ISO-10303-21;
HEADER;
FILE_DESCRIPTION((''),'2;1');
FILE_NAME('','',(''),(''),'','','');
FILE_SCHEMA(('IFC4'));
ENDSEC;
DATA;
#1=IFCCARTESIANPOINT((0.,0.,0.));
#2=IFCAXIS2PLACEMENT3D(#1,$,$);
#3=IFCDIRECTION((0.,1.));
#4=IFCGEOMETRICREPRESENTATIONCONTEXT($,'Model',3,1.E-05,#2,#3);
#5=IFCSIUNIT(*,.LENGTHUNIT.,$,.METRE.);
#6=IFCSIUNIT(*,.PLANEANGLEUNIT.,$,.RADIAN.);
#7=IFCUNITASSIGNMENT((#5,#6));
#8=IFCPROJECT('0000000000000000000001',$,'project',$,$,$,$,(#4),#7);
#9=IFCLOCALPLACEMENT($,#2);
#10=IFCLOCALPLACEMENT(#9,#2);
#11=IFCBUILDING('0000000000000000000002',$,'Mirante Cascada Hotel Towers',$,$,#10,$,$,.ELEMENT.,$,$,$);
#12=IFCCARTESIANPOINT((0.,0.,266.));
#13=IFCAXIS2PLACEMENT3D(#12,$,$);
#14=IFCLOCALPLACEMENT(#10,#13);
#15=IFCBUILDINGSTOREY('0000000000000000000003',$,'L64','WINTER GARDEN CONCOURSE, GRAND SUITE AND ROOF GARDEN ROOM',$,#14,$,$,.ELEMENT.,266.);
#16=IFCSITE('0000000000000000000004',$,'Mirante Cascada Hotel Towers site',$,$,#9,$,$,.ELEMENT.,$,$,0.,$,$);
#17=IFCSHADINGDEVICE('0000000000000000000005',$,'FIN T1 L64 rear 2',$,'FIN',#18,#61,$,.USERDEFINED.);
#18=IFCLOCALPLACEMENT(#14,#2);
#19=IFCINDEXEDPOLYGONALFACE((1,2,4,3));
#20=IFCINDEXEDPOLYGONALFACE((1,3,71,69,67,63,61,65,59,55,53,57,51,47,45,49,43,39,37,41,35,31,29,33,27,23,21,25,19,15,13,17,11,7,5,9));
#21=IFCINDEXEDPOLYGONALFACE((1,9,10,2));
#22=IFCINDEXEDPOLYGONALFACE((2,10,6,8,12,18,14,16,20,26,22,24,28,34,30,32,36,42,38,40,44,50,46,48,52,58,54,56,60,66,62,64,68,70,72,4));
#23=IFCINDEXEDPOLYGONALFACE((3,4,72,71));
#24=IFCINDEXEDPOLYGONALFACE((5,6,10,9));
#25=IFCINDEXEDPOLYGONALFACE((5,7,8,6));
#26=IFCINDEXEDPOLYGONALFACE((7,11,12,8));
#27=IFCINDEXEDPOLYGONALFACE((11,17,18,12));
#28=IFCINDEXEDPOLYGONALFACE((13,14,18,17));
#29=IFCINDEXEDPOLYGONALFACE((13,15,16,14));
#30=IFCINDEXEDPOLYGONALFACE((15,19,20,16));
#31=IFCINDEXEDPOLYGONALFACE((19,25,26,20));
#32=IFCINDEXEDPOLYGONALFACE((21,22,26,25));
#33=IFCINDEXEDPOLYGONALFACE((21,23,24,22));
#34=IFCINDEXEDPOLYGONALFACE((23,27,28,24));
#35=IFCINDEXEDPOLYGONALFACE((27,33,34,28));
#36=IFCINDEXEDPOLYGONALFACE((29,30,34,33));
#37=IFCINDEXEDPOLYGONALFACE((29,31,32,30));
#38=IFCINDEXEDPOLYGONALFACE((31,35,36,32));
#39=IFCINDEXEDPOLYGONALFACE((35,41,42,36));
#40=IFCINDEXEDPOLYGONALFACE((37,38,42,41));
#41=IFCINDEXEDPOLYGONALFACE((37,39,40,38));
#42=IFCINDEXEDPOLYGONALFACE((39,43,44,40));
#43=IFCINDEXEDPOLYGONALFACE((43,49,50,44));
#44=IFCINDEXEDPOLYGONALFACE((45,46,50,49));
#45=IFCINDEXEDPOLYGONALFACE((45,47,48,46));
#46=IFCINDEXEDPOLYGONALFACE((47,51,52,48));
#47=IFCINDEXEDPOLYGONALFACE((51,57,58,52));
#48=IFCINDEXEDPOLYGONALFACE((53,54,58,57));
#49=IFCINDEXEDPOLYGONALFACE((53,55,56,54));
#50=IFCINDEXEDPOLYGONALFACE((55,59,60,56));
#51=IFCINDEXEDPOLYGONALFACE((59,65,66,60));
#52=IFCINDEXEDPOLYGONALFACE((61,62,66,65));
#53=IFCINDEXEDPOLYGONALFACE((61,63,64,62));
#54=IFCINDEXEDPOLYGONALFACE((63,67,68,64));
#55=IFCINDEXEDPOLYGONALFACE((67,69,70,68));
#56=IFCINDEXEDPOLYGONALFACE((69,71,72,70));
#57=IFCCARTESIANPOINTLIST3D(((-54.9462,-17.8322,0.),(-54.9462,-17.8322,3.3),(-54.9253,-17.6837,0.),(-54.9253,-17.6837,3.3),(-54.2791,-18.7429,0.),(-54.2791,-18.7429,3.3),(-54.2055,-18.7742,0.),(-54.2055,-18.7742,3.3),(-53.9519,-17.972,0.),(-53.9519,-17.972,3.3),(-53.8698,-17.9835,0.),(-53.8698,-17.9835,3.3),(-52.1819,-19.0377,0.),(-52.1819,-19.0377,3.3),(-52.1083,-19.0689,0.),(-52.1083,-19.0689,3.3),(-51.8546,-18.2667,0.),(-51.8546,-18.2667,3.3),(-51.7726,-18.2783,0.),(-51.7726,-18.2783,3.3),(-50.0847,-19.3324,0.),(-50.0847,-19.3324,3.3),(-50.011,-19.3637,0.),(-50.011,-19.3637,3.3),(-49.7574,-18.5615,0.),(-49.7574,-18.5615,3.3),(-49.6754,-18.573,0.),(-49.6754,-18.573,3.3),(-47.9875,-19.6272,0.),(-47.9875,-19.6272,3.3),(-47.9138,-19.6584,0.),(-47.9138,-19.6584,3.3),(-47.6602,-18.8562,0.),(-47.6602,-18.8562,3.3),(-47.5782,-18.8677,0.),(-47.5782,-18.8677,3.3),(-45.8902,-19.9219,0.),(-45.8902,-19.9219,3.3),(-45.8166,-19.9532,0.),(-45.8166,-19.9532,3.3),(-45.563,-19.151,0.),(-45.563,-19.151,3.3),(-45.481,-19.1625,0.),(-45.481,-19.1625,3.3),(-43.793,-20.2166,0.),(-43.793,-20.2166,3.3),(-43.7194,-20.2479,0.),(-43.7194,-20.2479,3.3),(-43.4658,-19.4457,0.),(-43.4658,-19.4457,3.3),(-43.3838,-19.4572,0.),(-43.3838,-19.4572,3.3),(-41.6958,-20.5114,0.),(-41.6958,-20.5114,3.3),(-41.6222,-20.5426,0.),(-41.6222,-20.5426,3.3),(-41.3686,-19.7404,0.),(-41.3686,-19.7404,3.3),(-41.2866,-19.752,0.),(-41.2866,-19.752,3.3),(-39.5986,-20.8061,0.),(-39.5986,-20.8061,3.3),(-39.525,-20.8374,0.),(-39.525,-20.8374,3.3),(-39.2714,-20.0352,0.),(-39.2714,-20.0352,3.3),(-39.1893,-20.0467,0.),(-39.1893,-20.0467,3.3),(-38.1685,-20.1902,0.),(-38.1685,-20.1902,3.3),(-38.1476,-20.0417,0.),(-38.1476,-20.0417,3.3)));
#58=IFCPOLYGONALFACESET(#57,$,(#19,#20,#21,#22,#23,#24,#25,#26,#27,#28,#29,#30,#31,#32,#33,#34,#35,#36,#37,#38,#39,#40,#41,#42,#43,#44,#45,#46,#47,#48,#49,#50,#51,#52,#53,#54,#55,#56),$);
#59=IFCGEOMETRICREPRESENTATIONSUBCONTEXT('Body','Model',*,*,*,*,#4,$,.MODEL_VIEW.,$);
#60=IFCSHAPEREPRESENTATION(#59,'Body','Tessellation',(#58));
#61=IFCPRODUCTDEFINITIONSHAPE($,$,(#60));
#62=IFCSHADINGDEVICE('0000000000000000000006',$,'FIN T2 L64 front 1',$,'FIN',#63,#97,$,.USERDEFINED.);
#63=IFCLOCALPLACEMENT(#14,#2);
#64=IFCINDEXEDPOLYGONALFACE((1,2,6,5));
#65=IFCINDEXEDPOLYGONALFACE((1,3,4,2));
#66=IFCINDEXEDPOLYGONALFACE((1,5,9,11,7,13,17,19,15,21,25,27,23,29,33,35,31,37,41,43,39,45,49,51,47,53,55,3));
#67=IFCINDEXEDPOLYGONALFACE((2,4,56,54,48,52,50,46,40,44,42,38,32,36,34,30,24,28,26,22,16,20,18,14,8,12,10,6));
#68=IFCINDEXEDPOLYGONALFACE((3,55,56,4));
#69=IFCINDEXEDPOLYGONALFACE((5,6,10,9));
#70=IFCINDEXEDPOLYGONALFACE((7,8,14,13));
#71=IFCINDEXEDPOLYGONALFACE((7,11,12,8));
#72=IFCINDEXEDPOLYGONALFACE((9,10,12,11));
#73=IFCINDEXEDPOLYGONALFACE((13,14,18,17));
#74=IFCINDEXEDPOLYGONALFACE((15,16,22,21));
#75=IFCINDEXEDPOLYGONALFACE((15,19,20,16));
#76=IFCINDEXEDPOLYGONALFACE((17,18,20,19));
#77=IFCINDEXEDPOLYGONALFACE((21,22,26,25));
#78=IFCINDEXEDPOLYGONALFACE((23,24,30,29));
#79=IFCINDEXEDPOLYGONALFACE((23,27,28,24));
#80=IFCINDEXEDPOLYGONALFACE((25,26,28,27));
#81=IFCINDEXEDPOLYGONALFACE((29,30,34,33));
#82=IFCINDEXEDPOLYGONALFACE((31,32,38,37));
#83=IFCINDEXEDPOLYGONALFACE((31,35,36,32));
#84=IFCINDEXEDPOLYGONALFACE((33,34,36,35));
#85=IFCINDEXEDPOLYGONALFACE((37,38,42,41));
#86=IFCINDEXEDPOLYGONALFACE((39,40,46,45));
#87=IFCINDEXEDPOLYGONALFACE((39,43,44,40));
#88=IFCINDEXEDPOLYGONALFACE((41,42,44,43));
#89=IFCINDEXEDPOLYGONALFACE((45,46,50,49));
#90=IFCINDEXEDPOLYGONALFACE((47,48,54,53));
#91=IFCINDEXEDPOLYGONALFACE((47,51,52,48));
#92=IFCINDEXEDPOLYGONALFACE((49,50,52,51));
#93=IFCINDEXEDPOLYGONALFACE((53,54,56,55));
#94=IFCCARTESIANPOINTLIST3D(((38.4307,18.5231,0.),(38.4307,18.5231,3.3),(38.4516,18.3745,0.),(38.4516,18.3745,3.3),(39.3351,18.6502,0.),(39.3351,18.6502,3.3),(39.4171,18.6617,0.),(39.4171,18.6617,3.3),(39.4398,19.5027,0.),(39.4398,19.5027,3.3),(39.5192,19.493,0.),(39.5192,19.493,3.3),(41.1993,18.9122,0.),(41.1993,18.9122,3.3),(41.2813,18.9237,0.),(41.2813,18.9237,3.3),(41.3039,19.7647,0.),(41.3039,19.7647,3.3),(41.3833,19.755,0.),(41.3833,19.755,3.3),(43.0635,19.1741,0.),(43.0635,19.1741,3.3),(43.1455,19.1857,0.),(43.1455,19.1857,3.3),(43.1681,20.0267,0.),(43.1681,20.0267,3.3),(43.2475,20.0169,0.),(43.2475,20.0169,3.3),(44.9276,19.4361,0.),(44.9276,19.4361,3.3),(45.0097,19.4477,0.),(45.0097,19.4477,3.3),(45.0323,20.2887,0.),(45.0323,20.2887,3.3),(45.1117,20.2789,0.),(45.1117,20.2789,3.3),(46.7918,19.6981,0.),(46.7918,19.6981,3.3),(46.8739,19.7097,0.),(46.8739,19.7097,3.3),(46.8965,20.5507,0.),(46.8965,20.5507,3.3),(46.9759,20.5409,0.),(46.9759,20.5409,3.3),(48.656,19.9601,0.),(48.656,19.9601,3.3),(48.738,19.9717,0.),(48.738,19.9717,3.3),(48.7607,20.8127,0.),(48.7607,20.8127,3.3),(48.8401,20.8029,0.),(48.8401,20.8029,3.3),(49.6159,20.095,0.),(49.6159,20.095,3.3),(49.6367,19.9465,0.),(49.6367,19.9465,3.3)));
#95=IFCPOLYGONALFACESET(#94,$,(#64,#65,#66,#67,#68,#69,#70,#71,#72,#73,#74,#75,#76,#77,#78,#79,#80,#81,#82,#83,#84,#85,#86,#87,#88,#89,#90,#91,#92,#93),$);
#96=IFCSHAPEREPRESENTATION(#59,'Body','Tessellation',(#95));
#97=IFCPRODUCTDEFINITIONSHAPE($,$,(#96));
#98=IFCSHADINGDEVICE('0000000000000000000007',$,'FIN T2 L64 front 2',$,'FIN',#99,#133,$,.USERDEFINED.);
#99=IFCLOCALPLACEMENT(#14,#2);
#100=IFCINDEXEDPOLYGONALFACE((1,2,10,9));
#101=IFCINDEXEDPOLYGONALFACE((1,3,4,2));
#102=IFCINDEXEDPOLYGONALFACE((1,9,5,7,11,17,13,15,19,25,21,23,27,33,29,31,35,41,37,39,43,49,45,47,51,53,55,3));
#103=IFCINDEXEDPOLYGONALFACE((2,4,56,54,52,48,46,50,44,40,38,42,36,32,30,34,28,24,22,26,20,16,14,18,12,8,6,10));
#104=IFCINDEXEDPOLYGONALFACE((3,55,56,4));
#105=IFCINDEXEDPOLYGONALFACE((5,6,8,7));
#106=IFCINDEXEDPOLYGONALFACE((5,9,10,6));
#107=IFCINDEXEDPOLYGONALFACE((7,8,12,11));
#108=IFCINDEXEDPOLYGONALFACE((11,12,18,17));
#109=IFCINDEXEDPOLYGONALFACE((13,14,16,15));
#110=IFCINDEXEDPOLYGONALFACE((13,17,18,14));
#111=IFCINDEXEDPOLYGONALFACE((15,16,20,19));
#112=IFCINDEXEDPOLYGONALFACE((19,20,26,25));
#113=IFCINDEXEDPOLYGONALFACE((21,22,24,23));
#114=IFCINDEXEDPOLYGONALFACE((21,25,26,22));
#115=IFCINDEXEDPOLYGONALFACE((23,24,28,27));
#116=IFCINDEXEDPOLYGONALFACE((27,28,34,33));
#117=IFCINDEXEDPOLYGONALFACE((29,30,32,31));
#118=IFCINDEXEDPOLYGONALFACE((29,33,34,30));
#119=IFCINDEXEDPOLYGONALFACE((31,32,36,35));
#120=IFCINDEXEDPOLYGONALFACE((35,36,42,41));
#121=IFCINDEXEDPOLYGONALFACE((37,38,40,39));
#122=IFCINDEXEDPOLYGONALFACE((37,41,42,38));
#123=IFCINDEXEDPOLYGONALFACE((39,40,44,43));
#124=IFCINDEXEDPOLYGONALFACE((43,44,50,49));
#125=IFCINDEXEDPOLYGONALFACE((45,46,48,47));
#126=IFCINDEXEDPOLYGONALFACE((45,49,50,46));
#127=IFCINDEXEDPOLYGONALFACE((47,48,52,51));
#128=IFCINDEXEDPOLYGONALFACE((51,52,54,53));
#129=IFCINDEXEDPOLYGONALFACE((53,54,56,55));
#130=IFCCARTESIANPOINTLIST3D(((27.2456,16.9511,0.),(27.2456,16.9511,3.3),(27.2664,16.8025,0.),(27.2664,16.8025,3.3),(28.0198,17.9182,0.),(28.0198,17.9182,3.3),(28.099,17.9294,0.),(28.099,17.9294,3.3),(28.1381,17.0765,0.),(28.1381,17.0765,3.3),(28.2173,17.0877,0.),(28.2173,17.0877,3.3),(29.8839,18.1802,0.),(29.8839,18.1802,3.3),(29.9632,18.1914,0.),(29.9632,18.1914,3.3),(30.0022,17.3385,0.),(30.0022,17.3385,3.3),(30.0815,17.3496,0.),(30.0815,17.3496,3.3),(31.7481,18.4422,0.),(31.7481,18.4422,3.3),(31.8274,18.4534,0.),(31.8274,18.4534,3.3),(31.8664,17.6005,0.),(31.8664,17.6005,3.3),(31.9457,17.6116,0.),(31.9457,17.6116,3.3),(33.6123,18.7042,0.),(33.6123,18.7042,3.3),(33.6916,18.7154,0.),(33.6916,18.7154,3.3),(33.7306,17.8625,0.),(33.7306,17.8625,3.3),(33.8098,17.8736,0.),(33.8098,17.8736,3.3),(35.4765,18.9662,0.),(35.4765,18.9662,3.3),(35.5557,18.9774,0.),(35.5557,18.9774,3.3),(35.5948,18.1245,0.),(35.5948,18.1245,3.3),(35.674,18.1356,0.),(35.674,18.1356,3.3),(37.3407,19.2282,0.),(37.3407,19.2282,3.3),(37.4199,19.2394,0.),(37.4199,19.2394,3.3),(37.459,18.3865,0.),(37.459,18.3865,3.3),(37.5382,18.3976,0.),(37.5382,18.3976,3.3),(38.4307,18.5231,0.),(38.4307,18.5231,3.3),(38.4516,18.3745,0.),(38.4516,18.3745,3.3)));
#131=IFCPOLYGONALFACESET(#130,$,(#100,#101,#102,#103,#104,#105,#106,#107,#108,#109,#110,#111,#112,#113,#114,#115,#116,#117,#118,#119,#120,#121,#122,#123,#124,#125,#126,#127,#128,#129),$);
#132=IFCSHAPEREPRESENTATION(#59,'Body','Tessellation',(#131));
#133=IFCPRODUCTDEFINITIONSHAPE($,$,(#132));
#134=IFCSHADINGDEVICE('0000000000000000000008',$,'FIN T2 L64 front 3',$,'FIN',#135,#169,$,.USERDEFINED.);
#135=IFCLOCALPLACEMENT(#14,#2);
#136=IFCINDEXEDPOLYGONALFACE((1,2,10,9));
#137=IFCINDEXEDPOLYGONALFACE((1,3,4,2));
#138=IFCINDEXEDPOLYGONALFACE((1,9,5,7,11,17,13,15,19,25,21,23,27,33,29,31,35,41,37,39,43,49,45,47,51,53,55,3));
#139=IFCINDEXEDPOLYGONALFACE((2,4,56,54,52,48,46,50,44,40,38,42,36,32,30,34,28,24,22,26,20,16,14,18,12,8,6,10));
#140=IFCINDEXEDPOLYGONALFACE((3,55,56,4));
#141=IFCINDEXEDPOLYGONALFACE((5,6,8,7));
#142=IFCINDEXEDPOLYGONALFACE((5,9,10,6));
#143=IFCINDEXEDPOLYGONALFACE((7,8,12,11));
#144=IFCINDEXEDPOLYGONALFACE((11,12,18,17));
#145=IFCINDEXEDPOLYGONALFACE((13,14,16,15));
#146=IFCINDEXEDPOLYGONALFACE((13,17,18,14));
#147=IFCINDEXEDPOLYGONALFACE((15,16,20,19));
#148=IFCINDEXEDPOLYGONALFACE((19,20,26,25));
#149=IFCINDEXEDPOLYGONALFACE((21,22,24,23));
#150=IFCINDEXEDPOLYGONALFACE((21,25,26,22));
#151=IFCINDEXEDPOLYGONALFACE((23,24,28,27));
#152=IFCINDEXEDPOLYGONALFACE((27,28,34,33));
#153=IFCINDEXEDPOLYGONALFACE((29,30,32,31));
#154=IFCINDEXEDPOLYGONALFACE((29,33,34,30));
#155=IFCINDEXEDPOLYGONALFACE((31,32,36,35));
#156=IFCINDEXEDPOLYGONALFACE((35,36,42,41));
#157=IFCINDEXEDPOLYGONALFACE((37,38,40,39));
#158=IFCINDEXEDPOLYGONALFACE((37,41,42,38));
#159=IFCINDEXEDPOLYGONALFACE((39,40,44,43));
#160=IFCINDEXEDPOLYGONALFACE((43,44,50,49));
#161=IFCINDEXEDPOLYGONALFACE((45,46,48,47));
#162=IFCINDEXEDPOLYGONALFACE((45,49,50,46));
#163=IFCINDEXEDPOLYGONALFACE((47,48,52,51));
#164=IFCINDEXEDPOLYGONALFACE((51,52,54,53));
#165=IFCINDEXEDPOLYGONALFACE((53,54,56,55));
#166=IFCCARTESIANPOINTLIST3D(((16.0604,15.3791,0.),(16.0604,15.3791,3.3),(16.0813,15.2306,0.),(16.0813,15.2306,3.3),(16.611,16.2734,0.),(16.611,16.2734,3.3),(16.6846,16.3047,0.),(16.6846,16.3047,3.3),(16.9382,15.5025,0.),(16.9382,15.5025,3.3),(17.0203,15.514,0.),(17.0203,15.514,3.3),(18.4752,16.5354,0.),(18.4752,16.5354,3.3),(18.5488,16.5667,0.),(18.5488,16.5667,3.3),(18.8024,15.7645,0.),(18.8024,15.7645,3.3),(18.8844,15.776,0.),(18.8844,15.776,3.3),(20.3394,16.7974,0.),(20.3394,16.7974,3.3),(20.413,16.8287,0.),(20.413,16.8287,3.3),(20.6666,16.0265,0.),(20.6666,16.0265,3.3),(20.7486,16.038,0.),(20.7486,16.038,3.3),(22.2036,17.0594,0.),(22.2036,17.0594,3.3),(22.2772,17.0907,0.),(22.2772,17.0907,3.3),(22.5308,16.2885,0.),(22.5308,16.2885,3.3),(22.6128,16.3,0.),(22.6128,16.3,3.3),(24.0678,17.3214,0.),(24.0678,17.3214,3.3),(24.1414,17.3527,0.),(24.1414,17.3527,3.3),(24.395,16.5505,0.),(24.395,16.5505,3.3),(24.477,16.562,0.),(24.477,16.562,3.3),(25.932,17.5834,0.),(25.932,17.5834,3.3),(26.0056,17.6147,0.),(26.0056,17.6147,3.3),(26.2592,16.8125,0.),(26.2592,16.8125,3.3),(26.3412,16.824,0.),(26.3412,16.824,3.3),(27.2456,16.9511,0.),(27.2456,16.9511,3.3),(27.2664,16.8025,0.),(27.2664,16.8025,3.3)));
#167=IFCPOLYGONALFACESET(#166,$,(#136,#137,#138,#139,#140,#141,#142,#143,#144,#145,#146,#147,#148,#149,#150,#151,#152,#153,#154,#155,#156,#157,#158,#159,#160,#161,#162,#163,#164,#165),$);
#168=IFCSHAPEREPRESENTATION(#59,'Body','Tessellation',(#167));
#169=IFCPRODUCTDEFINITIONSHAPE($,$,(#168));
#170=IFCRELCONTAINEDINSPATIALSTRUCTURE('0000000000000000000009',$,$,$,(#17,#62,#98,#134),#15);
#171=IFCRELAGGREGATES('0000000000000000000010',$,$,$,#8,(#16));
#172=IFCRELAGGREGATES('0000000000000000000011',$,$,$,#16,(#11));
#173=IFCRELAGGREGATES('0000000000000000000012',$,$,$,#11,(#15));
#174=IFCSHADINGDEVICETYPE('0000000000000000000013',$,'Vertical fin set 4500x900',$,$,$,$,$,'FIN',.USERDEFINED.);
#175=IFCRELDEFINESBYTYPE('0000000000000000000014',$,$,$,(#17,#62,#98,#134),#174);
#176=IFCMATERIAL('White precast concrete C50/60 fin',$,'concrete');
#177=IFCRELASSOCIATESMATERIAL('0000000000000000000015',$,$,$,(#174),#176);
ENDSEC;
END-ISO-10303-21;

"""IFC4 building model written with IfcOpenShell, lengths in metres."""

from ifc_helpers import new_model, si_unit, direction, frame, origin, place, context, subcontext, project, spatial, polyline, outline, extrude, material, type_object, element, save


model = new_model("IFC4")

# Units and contexts
model_context = context("Model", 3, precision=1e-05, world=origin(), true_north=direction((0.0, 1.0)))
body_context = subcontext(model_context, "Body", "Model", "MODEL_VIEW")
ifc_project = project(units=[si_unit("LENGTHUNIT", "METRE"), si_unit("PLANEANGLEUNIT", "RADIAN")], contexts=[model_context])

# Site, building, storey
site_placement = place(None, origin())
site = spatial("IfcSite", under=ifc_project, at=site_placement, Name="Mirante Cascada Hotel Towers site", CompositionType="ELEMENT", RefElevation=0.0)
building_placement = place(site_placement, origin())
building = spatial("IfcBuilding", under=site, at=building_placement, Name="Mirante Cascada Hotel Towers", CompositionType="ELEMENT")
storey_placement = place(building_placement, frame((0.0, 0.0, 266.0)))
storey = spatial("IfcBuildingStorey", under=building, at=storey_placement, Name="L64", Description="WINTER GARDEN CONCOURSE, GRAND SUITE AND ROOF GARDEN ROOM", CompositionType="ELEMENT", Elevation=266.0)

# Shading devices
ifc_material_1 = material(Name="White precast concrete C50/60 fin", Category="concrete")
shading_device_type = type_object("IfcShadingDeviceType", Name="Vertical fin set 4500x900", ElementType="FIN", PredefinedType="USERDEFINED", material=ifc_material_1)
shading_device_1_placement = place(storey_placement, origin())
element("IfcShadingDevice", 1, at=shading_device_1_placement, inside=storey, type_object=shading_device_type, Name="FIN T1 L64 rear 2", ObjectType="FIN", PredefinedType="USERDEFINED", context=body_context, shape_type="SweptSolid", body=[
    extrude(outline(polyline([(-39.2714, -20.0352), (-41.2866, -19.752), (-41.6222, -20.5426), (-41.6958, -20.5114), (-41.3686, -19.7404), (-43.3838, -19.4572), (-43.7194, -20.2479), (-43.793, -20.2166), (-43.4658, -19.4457), (-45.481, -19.1625), (-45.8166, -19.9532), (-45.8902, -19.9219), (-45.563, -19.151), (-47.5782, -18.8677), (-47.9138, -19.6584), (-47.9875, -19.6272), (-47.6602, -18.8562), (-49.6754, -18.573), (-50.011, -19.3637), (-50.0847, -19.3324), (-49.7574, -18.5615), (-51.7726, -18.2783), (-52.1083, -19.0689), (-52.1819, -19.0377), (-51.8546, -18.2667), (-53.8698, -17.9835), (-54.2055, -18.7742), (-54.2791, -18.7429), (-53.9519, -17.972), (-54.9462, -17.8322), (-54.9253, -17.6837), (-38.1476, -20.0417), (-38.1685, -20.1902), (-39.1893, -20.0467), (-39.525, -20.8374), (-39.5986, -20.8061), (-39.2714, -20.0352)])), origin(), (0.0, 0.0, 1.0), 3.3),
])
shading_device_2_placement = place(storey_placement, origin())
element("IfcShadingDevice", 2, at=shading_device_2_placement, inside=storey, type_object=shading_device_type, Name="FIN T2 L64 front 1", ObjectType="FIN", PredefinedType="USERDEFINED", context=body_context, shape_type="SweptSolid", body=[
    extrude(outline(polyline([(39.5192, 19.493), (39.4171, 18.6617), (41.1993, 18.9122), (41.3039, 19.7647), (41.3833, 19.755), (41.2813, 18.9237), (43.0635, 19.1741), (43.1681, 20.0267), (43.2475, 20.0169), (43.1455, 19.1857), (44.9276, 19.4361), (45.0323, 20.2887), (45.1117, 20.2789), (45.0097, 19.4477), (46.7918, 19.6981), (46.8965, 20.5507), (46.9759, 20.5409), (46.8739, 19.7097), (48.656, 19.9601), (48.7607, 20.8127), (48.8401, 20.8029), (48.738, 19.9717), (49.6159, 20.095), (49.6367, 19.9465), (38.4516, 18.3745), (38.4307, 18.5231), (39.3351, 18.6502), (39.4398, 19.5027), (39.5192, 19.493)])), origin(), (0.0, 0.0, 1.0), 3.3),
])
shading_device_3_placement = place(storey_placement, origin())
element("IfcShadingDevice", 3, at=shading_device_3_placement, inside=storey, type_object=shading_device_type, Name="FIN T2 L64 front 2", ObjectType="FIN", PredefinedType="USERDEFINED", context=body_context, shape_type="SweptSolid", body=[
    extrude(outline(polyline([(28.099, 17.9294), (28.2173, 17.0877), (30.0022, 17.3385), (29.8839, 18.1802), (29.9632, 18.1914), (30.0815, 17.3496), (31.8664, 17.6005), (31.7481, 18.4422), (31.8274, 18.4534), (31.9457, 17.6116), (33.7306, 17.8625), (33.6123, 18.7042), (33.6916, 18.7154), (33.8098, 17.8736), (35.5948, 18.1245), (35.4765, 18.9662), (35.5557, 18.9774), (35.674, 18.1356), (37.459, 18.3865), (37.3407, 19.2282), (37.4199, 19.2394), (37.5382, 18.3976), (38.4307, 18.5231), (38.4516, 18.3745), (27.2664, 16.8025), (27.2456, 16.9511), (28.1381, 17.0765), (28.0198, 17.9182), (28.099, 17.9294)])), origin(), (0.0, 0.0, 1.0), 3.3),
])
shading_device_4_placement = place(storey_placement, origin())
element("IfcShadingDevice", 4, at=shading_device_4_placement, inside=storey, type_object=shading_device_type, Name="FIN T2 L64 front 3", ObjectType="FIN", PredefinedType="USERDEFINED", context=body_context, shape_type="SweptSolid", body=[
    extrude(outline(polyline([(16.6846, 16.3047), (17.0203, 15.514), (18.8024, 15.7645), (18.4752, 16.5354), (18.5488, 16.5667), (18.8844, 15.776), (20.6666, 16.0265), (20.3394, 16.7974), (20.413, 16.8287), (20.7486, 16.038), (22.5308, 16.2885), (22.2036, 17.0594), (22.2772, 17.0907), (22.6128, 16.3), (24.395, 16.5505), (24.0678, 17.3214), (24.1414, 17.3527), (24.477, 16.562), (26.2592, 16.8125), (25.932, 17.5834), (26.0056, 17.6147), (26.3412, 16.824), (27.2456, 16.9511), (27.2664, 16.8025), (16.0813, 15.2306), (16.0604, 15.3791), (16.9382, 15.5025), (16.611, 16.2734), (16.6846, 16.3047)])), origin(), (0.0, 0.0, 1.0), 3.3),
])

save(model, "model.ifc")
